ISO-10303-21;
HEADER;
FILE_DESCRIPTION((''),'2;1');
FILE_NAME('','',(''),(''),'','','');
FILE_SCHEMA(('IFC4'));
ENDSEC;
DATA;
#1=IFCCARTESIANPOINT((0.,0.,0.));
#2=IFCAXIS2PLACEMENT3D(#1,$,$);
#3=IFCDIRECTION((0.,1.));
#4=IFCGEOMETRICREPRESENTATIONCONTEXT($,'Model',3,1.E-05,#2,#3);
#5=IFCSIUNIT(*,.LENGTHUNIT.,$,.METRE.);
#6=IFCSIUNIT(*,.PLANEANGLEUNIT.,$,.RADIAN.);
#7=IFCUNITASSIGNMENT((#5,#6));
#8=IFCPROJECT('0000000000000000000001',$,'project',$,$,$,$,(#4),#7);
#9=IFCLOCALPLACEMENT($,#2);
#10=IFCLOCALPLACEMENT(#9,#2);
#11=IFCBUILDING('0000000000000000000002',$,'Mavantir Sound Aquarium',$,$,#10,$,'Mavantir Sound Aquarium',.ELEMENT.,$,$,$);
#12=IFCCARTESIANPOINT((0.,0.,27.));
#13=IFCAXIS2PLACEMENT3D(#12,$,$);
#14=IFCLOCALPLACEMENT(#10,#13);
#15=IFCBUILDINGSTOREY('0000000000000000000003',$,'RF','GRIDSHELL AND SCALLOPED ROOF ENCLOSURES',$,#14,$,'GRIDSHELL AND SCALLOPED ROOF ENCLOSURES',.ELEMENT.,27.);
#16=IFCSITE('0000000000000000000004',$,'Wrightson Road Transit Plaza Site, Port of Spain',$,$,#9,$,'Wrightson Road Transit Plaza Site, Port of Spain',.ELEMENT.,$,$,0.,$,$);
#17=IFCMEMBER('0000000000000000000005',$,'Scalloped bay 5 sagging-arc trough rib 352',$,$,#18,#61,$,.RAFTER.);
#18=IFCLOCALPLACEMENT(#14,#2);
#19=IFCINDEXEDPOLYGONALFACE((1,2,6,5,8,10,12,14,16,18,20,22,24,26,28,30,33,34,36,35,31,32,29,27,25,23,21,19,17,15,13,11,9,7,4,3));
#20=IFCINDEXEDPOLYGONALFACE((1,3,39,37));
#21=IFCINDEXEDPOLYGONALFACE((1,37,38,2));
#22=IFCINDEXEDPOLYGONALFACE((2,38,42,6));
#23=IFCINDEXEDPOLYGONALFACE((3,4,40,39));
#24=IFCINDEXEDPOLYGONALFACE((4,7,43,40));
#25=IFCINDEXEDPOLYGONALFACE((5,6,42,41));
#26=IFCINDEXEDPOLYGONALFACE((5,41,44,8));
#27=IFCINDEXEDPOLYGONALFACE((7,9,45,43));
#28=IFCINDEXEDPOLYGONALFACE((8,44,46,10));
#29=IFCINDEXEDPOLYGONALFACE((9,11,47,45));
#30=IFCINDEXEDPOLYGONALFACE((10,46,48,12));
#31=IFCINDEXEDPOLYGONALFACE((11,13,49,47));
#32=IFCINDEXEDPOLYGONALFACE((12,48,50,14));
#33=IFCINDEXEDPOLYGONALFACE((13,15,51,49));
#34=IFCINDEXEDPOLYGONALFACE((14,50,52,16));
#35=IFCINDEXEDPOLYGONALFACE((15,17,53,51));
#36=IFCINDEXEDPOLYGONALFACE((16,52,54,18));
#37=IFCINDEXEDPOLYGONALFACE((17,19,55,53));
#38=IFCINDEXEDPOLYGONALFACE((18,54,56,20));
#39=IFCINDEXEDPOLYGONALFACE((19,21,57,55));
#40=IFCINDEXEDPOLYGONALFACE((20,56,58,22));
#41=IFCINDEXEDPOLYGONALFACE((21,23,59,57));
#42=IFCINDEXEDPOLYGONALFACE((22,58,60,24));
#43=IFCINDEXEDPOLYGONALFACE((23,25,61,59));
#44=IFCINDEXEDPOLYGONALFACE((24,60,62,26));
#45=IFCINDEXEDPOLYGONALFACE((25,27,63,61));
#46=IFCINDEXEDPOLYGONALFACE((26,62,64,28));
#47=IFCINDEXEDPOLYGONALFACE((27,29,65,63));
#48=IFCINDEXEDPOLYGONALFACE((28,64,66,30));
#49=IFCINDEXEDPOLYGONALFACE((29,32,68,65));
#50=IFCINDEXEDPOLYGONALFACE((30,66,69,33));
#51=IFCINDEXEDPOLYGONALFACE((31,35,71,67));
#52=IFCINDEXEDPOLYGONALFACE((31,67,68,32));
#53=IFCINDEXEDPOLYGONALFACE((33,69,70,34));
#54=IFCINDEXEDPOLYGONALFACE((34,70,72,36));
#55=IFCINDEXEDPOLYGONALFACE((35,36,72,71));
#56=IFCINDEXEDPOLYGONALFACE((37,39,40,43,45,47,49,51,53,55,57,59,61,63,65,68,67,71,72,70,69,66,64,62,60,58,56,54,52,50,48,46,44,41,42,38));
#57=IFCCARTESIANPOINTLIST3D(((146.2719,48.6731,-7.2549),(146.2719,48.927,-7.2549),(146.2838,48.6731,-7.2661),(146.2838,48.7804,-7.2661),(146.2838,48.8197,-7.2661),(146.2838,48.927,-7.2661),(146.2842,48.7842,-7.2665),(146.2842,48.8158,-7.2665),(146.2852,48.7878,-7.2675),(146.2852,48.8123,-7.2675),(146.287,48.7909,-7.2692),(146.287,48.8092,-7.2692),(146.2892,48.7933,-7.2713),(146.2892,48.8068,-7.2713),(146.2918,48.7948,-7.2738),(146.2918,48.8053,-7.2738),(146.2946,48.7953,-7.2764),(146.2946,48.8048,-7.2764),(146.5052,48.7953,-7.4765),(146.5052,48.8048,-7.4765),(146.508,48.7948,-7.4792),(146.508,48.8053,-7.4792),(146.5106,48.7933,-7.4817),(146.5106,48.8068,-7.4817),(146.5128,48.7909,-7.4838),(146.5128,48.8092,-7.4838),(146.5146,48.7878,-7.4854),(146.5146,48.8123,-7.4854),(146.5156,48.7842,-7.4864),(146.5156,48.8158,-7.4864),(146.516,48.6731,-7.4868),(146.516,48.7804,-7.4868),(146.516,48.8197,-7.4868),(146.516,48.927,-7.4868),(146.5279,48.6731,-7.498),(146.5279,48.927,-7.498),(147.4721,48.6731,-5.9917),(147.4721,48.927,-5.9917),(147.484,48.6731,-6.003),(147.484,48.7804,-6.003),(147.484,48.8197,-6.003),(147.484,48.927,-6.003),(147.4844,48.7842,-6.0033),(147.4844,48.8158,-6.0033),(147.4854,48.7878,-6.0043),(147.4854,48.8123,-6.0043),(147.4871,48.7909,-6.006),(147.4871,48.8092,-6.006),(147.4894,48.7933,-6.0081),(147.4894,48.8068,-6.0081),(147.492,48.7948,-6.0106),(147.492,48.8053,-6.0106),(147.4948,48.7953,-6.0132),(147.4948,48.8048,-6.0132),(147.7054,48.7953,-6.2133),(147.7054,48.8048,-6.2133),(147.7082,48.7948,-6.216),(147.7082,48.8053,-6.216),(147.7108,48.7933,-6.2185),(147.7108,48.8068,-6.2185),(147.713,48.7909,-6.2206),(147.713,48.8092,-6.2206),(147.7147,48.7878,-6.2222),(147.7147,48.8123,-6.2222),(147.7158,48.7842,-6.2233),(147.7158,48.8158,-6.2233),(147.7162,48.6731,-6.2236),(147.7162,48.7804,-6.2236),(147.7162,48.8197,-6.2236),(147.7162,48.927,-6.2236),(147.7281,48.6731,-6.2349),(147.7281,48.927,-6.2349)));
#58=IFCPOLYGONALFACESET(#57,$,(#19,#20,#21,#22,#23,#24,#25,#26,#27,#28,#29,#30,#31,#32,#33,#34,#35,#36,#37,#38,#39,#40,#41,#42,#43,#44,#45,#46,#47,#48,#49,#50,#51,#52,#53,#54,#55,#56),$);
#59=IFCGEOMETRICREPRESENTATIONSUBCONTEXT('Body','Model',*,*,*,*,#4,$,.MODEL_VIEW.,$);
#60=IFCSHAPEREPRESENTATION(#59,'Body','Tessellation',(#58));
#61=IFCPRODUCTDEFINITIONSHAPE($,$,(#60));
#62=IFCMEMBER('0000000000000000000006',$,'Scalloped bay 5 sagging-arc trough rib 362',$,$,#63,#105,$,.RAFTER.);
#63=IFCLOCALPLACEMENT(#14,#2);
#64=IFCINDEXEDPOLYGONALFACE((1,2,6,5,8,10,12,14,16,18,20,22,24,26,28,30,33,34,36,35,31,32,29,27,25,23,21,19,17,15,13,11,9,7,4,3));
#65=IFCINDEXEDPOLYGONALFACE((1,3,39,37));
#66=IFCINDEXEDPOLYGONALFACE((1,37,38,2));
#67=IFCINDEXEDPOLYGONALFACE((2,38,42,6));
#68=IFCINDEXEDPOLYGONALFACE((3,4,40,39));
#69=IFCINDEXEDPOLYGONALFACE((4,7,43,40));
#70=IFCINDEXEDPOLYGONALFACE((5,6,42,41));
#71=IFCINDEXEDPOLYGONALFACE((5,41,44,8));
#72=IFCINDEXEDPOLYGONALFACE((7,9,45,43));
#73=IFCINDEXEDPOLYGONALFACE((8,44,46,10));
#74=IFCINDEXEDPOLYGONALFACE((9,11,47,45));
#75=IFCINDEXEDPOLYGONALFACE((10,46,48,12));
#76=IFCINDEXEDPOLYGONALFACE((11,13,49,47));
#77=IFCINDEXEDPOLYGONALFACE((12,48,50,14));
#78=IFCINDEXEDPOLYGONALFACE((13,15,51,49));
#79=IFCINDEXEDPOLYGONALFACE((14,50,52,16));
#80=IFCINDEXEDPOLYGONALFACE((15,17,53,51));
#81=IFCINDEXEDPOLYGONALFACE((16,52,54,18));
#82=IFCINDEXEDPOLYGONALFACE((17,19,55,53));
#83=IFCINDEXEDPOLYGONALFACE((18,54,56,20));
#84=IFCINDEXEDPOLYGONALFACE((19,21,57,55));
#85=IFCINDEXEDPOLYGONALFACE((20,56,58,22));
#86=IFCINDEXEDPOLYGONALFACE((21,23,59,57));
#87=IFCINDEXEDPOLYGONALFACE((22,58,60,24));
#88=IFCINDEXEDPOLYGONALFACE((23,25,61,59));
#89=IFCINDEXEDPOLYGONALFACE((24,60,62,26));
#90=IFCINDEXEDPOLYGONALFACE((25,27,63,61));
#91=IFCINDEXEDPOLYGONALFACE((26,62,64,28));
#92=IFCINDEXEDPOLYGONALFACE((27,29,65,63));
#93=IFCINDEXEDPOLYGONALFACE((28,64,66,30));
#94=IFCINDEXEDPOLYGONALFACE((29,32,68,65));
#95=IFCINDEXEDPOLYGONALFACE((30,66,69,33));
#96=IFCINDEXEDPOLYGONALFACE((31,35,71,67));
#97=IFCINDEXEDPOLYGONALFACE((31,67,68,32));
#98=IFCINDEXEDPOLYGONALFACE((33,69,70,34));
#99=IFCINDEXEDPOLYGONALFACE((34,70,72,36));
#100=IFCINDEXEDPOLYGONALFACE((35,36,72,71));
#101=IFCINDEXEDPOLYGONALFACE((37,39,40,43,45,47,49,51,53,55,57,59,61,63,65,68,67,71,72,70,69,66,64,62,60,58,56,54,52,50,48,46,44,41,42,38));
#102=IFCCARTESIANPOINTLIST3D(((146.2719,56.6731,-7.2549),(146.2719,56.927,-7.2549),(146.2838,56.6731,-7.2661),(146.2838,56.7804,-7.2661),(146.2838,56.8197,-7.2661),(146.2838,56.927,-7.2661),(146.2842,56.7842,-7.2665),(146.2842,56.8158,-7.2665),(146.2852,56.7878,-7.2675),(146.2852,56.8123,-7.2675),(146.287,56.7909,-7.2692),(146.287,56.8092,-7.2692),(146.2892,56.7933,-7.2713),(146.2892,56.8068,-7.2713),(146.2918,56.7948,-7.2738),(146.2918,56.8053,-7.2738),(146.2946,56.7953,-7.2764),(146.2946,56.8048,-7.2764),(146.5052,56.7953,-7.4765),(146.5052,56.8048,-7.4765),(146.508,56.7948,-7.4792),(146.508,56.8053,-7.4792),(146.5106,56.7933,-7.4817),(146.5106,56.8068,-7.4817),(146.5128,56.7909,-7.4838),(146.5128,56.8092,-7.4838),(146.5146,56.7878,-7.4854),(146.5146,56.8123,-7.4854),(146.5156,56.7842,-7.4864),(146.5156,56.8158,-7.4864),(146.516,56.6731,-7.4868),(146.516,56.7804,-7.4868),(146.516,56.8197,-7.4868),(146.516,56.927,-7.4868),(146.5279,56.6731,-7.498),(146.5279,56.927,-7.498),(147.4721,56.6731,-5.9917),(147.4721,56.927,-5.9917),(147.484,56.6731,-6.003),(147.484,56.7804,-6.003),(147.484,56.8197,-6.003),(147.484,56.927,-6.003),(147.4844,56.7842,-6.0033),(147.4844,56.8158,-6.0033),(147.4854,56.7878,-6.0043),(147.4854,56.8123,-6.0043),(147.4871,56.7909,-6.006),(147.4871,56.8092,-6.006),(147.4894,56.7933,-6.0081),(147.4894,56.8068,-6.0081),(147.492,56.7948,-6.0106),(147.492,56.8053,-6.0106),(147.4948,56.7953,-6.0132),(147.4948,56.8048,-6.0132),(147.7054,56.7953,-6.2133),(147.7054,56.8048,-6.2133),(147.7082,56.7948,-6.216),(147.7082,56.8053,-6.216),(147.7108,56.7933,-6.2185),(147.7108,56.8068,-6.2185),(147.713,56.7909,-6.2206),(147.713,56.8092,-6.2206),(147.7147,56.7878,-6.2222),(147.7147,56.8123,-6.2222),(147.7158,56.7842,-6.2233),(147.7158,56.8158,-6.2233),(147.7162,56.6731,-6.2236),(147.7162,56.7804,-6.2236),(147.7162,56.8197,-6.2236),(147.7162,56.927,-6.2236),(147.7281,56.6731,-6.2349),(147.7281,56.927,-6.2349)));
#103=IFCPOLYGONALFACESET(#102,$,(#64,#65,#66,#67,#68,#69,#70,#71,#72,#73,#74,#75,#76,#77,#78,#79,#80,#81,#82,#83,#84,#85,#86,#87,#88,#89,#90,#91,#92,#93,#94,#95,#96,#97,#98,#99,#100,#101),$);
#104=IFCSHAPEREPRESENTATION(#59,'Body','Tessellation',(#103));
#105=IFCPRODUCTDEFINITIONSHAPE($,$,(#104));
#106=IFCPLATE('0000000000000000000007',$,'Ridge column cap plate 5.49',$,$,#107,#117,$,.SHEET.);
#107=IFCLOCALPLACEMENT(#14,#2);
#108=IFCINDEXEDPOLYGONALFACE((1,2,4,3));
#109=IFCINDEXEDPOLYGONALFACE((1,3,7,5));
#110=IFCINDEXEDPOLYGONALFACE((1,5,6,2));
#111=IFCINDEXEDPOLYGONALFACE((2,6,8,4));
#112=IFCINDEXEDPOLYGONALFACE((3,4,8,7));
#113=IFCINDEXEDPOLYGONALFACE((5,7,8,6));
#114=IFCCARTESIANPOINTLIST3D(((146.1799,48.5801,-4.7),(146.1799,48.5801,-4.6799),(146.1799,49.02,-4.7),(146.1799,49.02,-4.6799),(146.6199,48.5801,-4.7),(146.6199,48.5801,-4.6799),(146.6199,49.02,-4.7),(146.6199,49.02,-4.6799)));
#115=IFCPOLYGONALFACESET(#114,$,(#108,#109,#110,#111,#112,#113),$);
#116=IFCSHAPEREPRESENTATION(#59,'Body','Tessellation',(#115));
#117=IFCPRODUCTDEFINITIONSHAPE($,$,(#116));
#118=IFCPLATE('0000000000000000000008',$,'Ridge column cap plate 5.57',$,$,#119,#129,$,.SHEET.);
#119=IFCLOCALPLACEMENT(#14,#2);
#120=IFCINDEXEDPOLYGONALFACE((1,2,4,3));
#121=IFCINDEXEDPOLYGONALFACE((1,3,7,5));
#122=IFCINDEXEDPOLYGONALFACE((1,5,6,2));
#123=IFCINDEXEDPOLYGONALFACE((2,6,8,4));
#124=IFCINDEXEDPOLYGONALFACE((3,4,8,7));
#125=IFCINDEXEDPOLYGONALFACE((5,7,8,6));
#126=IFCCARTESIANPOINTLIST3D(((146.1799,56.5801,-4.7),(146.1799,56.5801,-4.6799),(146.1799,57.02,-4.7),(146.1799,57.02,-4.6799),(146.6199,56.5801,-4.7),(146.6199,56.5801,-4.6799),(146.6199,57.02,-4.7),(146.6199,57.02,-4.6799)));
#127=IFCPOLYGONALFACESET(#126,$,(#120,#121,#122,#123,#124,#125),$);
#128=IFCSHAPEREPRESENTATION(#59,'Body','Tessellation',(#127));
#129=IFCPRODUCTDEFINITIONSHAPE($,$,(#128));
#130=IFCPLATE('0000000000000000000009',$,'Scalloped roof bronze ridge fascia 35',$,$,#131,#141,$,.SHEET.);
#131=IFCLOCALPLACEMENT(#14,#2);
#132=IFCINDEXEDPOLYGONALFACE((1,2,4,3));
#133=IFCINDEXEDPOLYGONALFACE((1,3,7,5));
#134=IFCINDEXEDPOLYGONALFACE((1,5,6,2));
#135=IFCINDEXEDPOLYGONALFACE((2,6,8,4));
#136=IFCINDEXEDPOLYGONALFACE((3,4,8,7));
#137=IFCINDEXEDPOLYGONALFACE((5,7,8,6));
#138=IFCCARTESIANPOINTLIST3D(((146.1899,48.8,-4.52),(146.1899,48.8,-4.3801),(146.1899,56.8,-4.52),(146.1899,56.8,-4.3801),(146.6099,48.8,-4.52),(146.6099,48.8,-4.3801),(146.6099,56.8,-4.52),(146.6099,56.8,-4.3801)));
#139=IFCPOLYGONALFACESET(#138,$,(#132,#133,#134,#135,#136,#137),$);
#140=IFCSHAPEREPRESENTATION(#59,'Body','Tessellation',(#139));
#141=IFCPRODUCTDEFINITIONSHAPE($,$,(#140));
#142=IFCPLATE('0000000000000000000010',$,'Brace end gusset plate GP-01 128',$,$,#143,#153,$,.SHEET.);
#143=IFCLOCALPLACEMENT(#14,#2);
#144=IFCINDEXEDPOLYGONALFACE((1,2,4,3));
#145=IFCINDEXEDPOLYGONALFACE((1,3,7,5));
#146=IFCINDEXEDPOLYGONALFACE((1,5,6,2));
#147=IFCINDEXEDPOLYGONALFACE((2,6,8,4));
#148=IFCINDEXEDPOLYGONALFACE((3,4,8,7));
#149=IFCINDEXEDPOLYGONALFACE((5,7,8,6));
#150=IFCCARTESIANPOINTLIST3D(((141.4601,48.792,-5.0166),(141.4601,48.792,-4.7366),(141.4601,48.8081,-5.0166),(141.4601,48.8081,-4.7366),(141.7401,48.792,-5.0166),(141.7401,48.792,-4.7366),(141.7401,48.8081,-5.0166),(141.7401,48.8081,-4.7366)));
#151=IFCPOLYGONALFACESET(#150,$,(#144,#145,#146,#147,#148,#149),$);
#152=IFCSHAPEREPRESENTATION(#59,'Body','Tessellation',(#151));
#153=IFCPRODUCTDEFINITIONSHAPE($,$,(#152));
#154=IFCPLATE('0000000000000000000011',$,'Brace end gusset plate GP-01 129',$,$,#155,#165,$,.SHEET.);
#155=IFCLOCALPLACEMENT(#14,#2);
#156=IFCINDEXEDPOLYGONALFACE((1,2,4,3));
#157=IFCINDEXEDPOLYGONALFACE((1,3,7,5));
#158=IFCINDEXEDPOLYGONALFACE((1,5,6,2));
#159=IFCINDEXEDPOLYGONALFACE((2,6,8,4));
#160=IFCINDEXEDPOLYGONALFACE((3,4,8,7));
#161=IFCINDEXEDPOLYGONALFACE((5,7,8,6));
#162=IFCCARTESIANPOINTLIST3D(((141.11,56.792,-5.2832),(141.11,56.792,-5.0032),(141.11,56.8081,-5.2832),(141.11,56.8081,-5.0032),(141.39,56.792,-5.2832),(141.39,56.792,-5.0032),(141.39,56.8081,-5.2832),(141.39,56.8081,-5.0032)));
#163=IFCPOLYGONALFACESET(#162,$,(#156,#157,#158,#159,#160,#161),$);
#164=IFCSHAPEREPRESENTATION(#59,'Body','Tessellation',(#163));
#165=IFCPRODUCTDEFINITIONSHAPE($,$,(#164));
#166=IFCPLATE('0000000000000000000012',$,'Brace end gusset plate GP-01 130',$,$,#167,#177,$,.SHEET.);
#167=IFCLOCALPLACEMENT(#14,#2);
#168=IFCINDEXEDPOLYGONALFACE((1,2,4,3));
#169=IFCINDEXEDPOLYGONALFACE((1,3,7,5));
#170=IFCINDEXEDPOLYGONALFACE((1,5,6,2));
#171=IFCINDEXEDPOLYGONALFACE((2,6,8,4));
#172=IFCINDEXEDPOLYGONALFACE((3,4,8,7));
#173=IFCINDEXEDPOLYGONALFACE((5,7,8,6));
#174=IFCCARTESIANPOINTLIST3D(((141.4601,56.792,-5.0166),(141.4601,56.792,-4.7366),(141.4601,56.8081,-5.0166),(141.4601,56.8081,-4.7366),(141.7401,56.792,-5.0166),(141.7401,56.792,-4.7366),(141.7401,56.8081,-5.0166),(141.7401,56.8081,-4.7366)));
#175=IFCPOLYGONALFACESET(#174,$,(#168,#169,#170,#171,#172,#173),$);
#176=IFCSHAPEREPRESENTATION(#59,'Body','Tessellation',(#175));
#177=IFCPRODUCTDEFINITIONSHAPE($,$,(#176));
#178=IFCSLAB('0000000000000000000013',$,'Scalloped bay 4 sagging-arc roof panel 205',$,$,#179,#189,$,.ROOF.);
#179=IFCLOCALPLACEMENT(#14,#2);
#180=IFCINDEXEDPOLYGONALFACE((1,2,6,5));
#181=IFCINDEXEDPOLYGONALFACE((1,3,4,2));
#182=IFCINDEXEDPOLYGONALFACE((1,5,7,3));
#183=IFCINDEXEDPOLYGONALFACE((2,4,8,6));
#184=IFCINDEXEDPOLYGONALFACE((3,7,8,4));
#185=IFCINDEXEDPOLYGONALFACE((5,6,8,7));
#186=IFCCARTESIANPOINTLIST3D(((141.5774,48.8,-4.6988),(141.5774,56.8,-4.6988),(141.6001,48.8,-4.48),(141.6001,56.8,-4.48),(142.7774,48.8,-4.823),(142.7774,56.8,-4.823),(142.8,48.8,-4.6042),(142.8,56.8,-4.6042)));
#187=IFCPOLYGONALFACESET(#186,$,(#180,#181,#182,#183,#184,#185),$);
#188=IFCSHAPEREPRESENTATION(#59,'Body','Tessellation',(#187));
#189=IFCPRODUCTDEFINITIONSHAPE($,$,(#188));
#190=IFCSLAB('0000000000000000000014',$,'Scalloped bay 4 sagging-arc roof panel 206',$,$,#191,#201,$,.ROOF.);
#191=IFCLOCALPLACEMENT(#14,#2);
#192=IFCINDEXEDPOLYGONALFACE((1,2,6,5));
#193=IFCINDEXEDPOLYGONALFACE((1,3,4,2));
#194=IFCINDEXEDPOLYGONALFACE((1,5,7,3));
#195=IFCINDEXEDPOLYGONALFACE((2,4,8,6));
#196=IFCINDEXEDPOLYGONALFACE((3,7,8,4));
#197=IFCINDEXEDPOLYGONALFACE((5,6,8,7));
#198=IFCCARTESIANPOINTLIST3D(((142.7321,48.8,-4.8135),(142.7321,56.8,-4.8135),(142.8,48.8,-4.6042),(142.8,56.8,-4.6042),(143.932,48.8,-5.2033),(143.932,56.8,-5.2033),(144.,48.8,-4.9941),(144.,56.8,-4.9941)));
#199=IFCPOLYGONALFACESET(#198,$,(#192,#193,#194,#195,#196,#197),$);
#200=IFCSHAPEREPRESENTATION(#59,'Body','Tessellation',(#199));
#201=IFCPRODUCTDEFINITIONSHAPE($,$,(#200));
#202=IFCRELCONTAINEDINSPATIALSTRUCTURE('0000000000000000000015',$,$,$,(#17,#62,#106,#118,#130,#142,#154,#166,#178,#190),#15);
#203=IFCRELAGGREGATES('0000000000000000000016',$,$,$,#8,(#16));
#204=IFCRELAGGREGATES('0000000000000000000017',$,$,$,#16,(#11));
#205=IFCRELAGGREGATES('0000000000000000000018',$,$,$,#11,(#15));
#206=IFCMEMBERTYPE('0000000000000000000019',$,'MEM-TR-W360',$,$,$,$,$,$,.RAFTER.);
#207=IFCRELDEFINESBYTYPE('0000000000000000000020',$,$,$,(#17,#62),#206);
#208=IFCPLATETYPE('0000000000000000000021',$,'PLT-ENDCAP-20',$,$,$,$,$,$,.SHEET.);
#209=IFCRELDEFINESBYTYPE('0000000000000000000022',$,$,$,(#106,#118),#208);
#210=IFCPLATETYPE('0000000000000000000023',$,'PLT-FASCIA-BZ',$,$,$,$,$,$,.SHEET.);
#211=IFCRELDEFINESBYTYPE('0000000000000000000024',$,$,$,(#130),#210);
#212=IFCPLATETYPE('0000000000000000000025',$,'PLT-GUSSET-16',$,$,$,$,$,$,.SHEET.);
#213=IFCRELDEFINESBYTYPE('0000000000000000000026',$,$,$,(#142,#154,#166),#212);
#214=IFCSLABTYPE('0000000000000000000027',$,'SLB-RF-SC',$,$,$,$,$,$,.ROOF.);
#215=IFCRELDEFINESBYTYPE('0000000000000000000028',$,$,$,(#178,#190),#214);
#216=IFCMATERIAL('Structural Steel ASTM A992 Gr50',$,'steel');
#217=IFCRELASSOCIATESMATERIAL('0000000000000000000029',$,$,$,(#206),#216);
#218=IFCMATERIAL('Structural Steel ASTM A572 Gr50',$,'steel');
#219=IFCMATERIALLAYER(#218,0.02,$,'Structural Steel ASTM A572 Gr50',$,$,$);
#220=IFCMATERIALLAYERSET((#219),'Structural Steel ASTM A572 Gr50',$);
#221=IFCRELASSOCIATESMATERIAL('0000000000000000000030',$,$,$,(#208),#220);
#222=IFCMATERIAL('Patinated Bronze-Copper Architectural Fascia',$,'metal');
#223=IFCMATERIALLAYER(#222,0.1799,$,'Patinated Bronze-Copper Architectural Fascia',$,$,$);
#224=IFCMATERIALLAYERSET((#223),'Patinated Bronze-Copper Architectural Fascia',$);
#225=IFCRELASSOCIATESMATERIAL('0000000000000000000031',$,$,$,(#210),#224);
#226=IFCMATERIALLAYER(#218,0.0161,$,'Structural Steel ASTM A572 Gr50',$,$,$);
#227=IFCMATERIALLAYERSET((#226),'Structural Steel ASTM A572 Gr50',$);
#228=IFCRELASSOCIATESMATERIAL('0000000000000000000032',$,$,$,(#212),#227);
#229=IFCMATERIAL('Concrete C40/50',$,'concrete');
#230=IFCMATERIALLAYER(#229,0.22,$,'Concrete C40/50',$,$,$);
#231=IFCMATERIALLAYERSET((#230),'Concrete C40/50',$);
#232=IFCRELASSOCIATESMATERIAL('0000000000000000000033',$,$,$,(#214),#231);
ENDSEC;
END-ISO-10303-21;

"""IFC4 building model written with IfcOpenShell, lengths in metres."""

from ifc_helpers import new_model, si_unit, direction, frame, origin, origin_2d, place, context, subcontext, project, spatial, polyline, rectangle, i_section, outline, extrude, material, layer, layer_set, material_profile, profile_set, type_object, element, save


model = new_model("IFC4")

# Units and contexts
model_context = context("Model", 3, precision=1e-05, world=origin(), true_north=direction((0.0, 1.0)))
body_context = subcontext(model_context, "Body", "Model", "MODEL_VIEW")
ifc_project = project(units=[si_unit("LENGTHUNIT", "METRE"), si_unit("PLANEANGLEUNIT", "RADIAN")], contexts=[model_context])

# Site, building, storey
site_placement = place(None, origin())
site = spatial("IfcSite", under=ifc_project, at=site_placement, Name="Wrightson Road Transit Plaza Site, Port of Spain", LongName="Wrightson Road Transit Plaza Site, Port of Spain", CompositionType="ELEMENT", RefElevation=0.0)
building_placement = place(site_placement, origin())
building = spatial("IfcBuilding", under=site, at=building_placement, Name="Mavantir Sound Aquarium", LongName="Mavantir Sound Aquarium", CompositionType="ELEMENT")
storey_placement = place(building_placement, frame((0.0, 0.0, 27.0)))
storey = spatial("IfcBuildingStorey", under=building, at=storey_placement, Name="RF", Description="GRIDSHELL AND SCALLOPED ROOF ENCLOSURES", LongName="GRIDSHELL AND SCALLOPED ROOF ENCLOSURES", CompositionType="ELEMENT", Elevation=27.0)

# Shared definitions
ifc_material_1 = material(Name="Concrete C40/50", Category="concrete")

# Shared definitions
ifc_material_2 = material(Name="Structural Steel ASTM A992 Gr50", Category="steel")

# Members
ifc_material_profile_1 = material_profile(ifc_material_2, i_section(OverallWidth=0.2539, OverallDepth=0.353, WebThickness=0.0095, FlangeThickness=0.0164, FilletRadius=0.0149, at=origin_2d()), Name="W360X91")
ifc_profile_set_1 = profile_set([ifc_material_profile_1], Name="Structural Steel ASTM A992 Gr50")
member_type_1 = type_object("IfcMemberType", Name="MEM-TR-W360", PredefinedType="RAFTER", material=ifc_profile_set_1)
for number, where, z_axis, x_axis, name in (
    (1, (146.3999, 48.8, -7.3765), (0.688801, 0.0, 0.72495), (0.0, 1.0, 0.0), "Scalloped bay 5 sagging-arc trough rib 352"),
    (2, (146.3999, 56.8, -7.3765), (0.688801, 0.0, 0.72495), (0.0, 1.0, 0.0), "Scalloped bay 5 sagging-arc trough rib 362"),
):
    element("IfcMember", number, at=place(storey_placement, frame(where, z_axis=z_axis, x_axis=x_axis)), inside=storey, type_object=member_type_1, Name=name, PredefinedType="RAFTER", context=body_context, shape_type="SweptSolid", body=[
        extrude(i_section(OverallWidth=0.2539, OverallDepth=0.353, WebThickness=0.0095, FlangeThickness=0.0164, FilletRadius=0.0149, at=origin_2d()), origin(), (0.0, 0.0, 1.0), 1.7424),
    ])

# Plates
ifc_material_3 = material(Name="Structural Steel ASTM A572 Gr50", Category="steel")
ifc_layer_1 = layer(ifc_material_3, 0.02, Name="Structural Steel ASTM A572 Gr50")
ifc_layer_set_1 = layer_set([ifc_layer_1], Name="Structural Steel ASTM A572 Gr50")
plate_type_1 = type_object("IfcPlateType", Name="PLT-ENDCAP-20", PredefinedType="SHEET", material=ifc_layer_set_1)
for number, where, z_axis, x_axis, name in (
    (3, (146.3999, 48.8, -4.7), (0.0, 0.0, 1.0), (1.0, 0.0, 0.0), "Ridge column cap plate 5.49"),
    (4, (146.3999, 56.8, -4.7), (0.0, 0.0, 1.0), (1.0, 0.0, 0.0), "Ridge column cap plate 5.57"),
):
    element("IfcPlate", number, at=place(storey_placement, frame(where, z_axis=z_axis, x_axis=x_axis)), inside=storey, type_object=plate_type_1, Name=name, PredefinedType="SHEET", context=body_context, shape_type="SweptSolid", body=[
        extrude(rectangle(XDim=0.4399, YDim=0.4399, at=origin_2d()), origin(), (0.0, 0.0, 1.0), 0.02),
    ])
ifc_material_4 = material(Name="Patinated Bronze-Copper Architectural Fascia", Category="metal")
ifc_layer_2 = layer(ifc_material_4, 0.1799, Name="Patinated Bronze-Copper Architectural Fascia")
ifc_layer_set_2 = layer_set([ifc_layer_2], Name="Patinated Bronze-Copper Architectural Fascia")
plate_type_2 = type_object("IfcPlateType", Name="PLT-FASCIA-BZ", PredefinedType="SHEET", material=ifc_layer_set_2)
plate_placement = place(storey_placement, frame((146.3999, 52.8, -4.52), z_axis=(0.0, 0.0, 1.0), x_axis=(1.0, 0.0, 0.0)))
element("IfcPlate", 5, at=plate_placement, inside=storey, type_object=plate_type_2, Name="Scalloped roof bronze ridge fascia 35", PredefinedType="SHEET", context=body_context, shape_type="SweptSolid", body=[
    extrude(rectangle(XDim=0.4199, YDim=8.0, at=origin_2d()), origin(), (0.0, 0.0, 1.0), 0.1399),
])
ifc_layer_3 = layer(ifc_material_3, 0.0161, Name="Structural Steel ASTM A572 Gr50")
ifc_layer_set_3 = layer_set([ifc_layer_3], Name="Structural Steel ASTM A572 Gr50")
plate_type_3 = type_object("IfcPlateType", Name="PLT-GUSSET-16", PredefinedType="SHEET", material=ifc_layer_set_3)
for number, where, z_axis, x_axis, name in (
    (6, (141.6001, 48.8, -5.0166), (0.0, 0.0, 1.0), (1.0, 0.0, 0.0), "Brace end gusset plate GP-01 128"),
    (7, (141.25, 56.8, -5.2832), (0.0, 0.0, 1.0), (1.0, 0.0, 0.0), "Brace end gusset plate GP-01 129"),
    (8, (141.6001, 56.8, -5.0166), (0.0, 0.0, 1.0), (1.0, 0.0, 0.0), "Brace end gusset plate GP-01 130"),
):
    element("IfcPlate", number, at=place(storey_placement, frame(where, z_axis=z_axis, x_axis=x_axis)), inside=storey, type_object=plate_type_3, Name=name, PredefinedType="SHEET", context=body_context, shape_type="SweptSolid", body=[
        extrude(rectangle(XDim=0.28, YDim=0.0161, at=origin_2d()), origin(), (0.0, 0.0, 1.0), 0.28),
    ])

# Slabs
ifc_layer_4 = layer(ifc_material_1, 0.22, Name="Concrete C40/50")
ifc_layer_set_4 = layer_set([ifc_layer_4], Name="Concrete C40/50")
slab_type = type_object("IfcSlabType", Name="SLB-RF-SC", PredefinedType="ROOF", material=ifc_layer_set_4)
slab_1_placement = place(storey_placement, frame((141.6001, 48.8, -4.48), z_axis=(0.10301, 0.0, 0.99468), x_axis=(0.99468, 0.0, -0.10301)))
element("IfcSlab", 9, at=slab_1_placement, inside=storey, type_object=slab_type, Name="Scalloped bay 4 sagging-arc roof panel 205", PredefinedType="ROOF", context=body_context, shape_type="SweptSolid", body=[
    extrude(outline(polyline([(0.0, 0.0), (1.2064, 0.0), (1.2064, 8.0), (0.0, 8.0), (0.0, 0.0)])), origin(), (0.0, 0.0, -1.0), 0.22),
])
slab_2_placement = place(storey_placement, frame((142.8, 48.8, -4.6042), z_axis=(0.30902, 0.0, 0.951055), x_axis=(0.951055, 0.0, -0.30902)))
element("IfcSlab", 10, at=slab_2_placement, inside=storey, type_object=slab_type, Name="Scalloped bay 4 sagging-arc roof panel 206", PredefinedType="ROOF", context=body_context, shape_type="SweptSolid", body=[
    extrude(outline(polyline([(0.0, 0.0), (1.2617, 0.0), (1.2617, 8.0), (0.0, 8.0), (0.0, 0.0)])), origin(), (0.0, 0.0, -1.0), 0.22),
])

save(model, "model.ifc")
